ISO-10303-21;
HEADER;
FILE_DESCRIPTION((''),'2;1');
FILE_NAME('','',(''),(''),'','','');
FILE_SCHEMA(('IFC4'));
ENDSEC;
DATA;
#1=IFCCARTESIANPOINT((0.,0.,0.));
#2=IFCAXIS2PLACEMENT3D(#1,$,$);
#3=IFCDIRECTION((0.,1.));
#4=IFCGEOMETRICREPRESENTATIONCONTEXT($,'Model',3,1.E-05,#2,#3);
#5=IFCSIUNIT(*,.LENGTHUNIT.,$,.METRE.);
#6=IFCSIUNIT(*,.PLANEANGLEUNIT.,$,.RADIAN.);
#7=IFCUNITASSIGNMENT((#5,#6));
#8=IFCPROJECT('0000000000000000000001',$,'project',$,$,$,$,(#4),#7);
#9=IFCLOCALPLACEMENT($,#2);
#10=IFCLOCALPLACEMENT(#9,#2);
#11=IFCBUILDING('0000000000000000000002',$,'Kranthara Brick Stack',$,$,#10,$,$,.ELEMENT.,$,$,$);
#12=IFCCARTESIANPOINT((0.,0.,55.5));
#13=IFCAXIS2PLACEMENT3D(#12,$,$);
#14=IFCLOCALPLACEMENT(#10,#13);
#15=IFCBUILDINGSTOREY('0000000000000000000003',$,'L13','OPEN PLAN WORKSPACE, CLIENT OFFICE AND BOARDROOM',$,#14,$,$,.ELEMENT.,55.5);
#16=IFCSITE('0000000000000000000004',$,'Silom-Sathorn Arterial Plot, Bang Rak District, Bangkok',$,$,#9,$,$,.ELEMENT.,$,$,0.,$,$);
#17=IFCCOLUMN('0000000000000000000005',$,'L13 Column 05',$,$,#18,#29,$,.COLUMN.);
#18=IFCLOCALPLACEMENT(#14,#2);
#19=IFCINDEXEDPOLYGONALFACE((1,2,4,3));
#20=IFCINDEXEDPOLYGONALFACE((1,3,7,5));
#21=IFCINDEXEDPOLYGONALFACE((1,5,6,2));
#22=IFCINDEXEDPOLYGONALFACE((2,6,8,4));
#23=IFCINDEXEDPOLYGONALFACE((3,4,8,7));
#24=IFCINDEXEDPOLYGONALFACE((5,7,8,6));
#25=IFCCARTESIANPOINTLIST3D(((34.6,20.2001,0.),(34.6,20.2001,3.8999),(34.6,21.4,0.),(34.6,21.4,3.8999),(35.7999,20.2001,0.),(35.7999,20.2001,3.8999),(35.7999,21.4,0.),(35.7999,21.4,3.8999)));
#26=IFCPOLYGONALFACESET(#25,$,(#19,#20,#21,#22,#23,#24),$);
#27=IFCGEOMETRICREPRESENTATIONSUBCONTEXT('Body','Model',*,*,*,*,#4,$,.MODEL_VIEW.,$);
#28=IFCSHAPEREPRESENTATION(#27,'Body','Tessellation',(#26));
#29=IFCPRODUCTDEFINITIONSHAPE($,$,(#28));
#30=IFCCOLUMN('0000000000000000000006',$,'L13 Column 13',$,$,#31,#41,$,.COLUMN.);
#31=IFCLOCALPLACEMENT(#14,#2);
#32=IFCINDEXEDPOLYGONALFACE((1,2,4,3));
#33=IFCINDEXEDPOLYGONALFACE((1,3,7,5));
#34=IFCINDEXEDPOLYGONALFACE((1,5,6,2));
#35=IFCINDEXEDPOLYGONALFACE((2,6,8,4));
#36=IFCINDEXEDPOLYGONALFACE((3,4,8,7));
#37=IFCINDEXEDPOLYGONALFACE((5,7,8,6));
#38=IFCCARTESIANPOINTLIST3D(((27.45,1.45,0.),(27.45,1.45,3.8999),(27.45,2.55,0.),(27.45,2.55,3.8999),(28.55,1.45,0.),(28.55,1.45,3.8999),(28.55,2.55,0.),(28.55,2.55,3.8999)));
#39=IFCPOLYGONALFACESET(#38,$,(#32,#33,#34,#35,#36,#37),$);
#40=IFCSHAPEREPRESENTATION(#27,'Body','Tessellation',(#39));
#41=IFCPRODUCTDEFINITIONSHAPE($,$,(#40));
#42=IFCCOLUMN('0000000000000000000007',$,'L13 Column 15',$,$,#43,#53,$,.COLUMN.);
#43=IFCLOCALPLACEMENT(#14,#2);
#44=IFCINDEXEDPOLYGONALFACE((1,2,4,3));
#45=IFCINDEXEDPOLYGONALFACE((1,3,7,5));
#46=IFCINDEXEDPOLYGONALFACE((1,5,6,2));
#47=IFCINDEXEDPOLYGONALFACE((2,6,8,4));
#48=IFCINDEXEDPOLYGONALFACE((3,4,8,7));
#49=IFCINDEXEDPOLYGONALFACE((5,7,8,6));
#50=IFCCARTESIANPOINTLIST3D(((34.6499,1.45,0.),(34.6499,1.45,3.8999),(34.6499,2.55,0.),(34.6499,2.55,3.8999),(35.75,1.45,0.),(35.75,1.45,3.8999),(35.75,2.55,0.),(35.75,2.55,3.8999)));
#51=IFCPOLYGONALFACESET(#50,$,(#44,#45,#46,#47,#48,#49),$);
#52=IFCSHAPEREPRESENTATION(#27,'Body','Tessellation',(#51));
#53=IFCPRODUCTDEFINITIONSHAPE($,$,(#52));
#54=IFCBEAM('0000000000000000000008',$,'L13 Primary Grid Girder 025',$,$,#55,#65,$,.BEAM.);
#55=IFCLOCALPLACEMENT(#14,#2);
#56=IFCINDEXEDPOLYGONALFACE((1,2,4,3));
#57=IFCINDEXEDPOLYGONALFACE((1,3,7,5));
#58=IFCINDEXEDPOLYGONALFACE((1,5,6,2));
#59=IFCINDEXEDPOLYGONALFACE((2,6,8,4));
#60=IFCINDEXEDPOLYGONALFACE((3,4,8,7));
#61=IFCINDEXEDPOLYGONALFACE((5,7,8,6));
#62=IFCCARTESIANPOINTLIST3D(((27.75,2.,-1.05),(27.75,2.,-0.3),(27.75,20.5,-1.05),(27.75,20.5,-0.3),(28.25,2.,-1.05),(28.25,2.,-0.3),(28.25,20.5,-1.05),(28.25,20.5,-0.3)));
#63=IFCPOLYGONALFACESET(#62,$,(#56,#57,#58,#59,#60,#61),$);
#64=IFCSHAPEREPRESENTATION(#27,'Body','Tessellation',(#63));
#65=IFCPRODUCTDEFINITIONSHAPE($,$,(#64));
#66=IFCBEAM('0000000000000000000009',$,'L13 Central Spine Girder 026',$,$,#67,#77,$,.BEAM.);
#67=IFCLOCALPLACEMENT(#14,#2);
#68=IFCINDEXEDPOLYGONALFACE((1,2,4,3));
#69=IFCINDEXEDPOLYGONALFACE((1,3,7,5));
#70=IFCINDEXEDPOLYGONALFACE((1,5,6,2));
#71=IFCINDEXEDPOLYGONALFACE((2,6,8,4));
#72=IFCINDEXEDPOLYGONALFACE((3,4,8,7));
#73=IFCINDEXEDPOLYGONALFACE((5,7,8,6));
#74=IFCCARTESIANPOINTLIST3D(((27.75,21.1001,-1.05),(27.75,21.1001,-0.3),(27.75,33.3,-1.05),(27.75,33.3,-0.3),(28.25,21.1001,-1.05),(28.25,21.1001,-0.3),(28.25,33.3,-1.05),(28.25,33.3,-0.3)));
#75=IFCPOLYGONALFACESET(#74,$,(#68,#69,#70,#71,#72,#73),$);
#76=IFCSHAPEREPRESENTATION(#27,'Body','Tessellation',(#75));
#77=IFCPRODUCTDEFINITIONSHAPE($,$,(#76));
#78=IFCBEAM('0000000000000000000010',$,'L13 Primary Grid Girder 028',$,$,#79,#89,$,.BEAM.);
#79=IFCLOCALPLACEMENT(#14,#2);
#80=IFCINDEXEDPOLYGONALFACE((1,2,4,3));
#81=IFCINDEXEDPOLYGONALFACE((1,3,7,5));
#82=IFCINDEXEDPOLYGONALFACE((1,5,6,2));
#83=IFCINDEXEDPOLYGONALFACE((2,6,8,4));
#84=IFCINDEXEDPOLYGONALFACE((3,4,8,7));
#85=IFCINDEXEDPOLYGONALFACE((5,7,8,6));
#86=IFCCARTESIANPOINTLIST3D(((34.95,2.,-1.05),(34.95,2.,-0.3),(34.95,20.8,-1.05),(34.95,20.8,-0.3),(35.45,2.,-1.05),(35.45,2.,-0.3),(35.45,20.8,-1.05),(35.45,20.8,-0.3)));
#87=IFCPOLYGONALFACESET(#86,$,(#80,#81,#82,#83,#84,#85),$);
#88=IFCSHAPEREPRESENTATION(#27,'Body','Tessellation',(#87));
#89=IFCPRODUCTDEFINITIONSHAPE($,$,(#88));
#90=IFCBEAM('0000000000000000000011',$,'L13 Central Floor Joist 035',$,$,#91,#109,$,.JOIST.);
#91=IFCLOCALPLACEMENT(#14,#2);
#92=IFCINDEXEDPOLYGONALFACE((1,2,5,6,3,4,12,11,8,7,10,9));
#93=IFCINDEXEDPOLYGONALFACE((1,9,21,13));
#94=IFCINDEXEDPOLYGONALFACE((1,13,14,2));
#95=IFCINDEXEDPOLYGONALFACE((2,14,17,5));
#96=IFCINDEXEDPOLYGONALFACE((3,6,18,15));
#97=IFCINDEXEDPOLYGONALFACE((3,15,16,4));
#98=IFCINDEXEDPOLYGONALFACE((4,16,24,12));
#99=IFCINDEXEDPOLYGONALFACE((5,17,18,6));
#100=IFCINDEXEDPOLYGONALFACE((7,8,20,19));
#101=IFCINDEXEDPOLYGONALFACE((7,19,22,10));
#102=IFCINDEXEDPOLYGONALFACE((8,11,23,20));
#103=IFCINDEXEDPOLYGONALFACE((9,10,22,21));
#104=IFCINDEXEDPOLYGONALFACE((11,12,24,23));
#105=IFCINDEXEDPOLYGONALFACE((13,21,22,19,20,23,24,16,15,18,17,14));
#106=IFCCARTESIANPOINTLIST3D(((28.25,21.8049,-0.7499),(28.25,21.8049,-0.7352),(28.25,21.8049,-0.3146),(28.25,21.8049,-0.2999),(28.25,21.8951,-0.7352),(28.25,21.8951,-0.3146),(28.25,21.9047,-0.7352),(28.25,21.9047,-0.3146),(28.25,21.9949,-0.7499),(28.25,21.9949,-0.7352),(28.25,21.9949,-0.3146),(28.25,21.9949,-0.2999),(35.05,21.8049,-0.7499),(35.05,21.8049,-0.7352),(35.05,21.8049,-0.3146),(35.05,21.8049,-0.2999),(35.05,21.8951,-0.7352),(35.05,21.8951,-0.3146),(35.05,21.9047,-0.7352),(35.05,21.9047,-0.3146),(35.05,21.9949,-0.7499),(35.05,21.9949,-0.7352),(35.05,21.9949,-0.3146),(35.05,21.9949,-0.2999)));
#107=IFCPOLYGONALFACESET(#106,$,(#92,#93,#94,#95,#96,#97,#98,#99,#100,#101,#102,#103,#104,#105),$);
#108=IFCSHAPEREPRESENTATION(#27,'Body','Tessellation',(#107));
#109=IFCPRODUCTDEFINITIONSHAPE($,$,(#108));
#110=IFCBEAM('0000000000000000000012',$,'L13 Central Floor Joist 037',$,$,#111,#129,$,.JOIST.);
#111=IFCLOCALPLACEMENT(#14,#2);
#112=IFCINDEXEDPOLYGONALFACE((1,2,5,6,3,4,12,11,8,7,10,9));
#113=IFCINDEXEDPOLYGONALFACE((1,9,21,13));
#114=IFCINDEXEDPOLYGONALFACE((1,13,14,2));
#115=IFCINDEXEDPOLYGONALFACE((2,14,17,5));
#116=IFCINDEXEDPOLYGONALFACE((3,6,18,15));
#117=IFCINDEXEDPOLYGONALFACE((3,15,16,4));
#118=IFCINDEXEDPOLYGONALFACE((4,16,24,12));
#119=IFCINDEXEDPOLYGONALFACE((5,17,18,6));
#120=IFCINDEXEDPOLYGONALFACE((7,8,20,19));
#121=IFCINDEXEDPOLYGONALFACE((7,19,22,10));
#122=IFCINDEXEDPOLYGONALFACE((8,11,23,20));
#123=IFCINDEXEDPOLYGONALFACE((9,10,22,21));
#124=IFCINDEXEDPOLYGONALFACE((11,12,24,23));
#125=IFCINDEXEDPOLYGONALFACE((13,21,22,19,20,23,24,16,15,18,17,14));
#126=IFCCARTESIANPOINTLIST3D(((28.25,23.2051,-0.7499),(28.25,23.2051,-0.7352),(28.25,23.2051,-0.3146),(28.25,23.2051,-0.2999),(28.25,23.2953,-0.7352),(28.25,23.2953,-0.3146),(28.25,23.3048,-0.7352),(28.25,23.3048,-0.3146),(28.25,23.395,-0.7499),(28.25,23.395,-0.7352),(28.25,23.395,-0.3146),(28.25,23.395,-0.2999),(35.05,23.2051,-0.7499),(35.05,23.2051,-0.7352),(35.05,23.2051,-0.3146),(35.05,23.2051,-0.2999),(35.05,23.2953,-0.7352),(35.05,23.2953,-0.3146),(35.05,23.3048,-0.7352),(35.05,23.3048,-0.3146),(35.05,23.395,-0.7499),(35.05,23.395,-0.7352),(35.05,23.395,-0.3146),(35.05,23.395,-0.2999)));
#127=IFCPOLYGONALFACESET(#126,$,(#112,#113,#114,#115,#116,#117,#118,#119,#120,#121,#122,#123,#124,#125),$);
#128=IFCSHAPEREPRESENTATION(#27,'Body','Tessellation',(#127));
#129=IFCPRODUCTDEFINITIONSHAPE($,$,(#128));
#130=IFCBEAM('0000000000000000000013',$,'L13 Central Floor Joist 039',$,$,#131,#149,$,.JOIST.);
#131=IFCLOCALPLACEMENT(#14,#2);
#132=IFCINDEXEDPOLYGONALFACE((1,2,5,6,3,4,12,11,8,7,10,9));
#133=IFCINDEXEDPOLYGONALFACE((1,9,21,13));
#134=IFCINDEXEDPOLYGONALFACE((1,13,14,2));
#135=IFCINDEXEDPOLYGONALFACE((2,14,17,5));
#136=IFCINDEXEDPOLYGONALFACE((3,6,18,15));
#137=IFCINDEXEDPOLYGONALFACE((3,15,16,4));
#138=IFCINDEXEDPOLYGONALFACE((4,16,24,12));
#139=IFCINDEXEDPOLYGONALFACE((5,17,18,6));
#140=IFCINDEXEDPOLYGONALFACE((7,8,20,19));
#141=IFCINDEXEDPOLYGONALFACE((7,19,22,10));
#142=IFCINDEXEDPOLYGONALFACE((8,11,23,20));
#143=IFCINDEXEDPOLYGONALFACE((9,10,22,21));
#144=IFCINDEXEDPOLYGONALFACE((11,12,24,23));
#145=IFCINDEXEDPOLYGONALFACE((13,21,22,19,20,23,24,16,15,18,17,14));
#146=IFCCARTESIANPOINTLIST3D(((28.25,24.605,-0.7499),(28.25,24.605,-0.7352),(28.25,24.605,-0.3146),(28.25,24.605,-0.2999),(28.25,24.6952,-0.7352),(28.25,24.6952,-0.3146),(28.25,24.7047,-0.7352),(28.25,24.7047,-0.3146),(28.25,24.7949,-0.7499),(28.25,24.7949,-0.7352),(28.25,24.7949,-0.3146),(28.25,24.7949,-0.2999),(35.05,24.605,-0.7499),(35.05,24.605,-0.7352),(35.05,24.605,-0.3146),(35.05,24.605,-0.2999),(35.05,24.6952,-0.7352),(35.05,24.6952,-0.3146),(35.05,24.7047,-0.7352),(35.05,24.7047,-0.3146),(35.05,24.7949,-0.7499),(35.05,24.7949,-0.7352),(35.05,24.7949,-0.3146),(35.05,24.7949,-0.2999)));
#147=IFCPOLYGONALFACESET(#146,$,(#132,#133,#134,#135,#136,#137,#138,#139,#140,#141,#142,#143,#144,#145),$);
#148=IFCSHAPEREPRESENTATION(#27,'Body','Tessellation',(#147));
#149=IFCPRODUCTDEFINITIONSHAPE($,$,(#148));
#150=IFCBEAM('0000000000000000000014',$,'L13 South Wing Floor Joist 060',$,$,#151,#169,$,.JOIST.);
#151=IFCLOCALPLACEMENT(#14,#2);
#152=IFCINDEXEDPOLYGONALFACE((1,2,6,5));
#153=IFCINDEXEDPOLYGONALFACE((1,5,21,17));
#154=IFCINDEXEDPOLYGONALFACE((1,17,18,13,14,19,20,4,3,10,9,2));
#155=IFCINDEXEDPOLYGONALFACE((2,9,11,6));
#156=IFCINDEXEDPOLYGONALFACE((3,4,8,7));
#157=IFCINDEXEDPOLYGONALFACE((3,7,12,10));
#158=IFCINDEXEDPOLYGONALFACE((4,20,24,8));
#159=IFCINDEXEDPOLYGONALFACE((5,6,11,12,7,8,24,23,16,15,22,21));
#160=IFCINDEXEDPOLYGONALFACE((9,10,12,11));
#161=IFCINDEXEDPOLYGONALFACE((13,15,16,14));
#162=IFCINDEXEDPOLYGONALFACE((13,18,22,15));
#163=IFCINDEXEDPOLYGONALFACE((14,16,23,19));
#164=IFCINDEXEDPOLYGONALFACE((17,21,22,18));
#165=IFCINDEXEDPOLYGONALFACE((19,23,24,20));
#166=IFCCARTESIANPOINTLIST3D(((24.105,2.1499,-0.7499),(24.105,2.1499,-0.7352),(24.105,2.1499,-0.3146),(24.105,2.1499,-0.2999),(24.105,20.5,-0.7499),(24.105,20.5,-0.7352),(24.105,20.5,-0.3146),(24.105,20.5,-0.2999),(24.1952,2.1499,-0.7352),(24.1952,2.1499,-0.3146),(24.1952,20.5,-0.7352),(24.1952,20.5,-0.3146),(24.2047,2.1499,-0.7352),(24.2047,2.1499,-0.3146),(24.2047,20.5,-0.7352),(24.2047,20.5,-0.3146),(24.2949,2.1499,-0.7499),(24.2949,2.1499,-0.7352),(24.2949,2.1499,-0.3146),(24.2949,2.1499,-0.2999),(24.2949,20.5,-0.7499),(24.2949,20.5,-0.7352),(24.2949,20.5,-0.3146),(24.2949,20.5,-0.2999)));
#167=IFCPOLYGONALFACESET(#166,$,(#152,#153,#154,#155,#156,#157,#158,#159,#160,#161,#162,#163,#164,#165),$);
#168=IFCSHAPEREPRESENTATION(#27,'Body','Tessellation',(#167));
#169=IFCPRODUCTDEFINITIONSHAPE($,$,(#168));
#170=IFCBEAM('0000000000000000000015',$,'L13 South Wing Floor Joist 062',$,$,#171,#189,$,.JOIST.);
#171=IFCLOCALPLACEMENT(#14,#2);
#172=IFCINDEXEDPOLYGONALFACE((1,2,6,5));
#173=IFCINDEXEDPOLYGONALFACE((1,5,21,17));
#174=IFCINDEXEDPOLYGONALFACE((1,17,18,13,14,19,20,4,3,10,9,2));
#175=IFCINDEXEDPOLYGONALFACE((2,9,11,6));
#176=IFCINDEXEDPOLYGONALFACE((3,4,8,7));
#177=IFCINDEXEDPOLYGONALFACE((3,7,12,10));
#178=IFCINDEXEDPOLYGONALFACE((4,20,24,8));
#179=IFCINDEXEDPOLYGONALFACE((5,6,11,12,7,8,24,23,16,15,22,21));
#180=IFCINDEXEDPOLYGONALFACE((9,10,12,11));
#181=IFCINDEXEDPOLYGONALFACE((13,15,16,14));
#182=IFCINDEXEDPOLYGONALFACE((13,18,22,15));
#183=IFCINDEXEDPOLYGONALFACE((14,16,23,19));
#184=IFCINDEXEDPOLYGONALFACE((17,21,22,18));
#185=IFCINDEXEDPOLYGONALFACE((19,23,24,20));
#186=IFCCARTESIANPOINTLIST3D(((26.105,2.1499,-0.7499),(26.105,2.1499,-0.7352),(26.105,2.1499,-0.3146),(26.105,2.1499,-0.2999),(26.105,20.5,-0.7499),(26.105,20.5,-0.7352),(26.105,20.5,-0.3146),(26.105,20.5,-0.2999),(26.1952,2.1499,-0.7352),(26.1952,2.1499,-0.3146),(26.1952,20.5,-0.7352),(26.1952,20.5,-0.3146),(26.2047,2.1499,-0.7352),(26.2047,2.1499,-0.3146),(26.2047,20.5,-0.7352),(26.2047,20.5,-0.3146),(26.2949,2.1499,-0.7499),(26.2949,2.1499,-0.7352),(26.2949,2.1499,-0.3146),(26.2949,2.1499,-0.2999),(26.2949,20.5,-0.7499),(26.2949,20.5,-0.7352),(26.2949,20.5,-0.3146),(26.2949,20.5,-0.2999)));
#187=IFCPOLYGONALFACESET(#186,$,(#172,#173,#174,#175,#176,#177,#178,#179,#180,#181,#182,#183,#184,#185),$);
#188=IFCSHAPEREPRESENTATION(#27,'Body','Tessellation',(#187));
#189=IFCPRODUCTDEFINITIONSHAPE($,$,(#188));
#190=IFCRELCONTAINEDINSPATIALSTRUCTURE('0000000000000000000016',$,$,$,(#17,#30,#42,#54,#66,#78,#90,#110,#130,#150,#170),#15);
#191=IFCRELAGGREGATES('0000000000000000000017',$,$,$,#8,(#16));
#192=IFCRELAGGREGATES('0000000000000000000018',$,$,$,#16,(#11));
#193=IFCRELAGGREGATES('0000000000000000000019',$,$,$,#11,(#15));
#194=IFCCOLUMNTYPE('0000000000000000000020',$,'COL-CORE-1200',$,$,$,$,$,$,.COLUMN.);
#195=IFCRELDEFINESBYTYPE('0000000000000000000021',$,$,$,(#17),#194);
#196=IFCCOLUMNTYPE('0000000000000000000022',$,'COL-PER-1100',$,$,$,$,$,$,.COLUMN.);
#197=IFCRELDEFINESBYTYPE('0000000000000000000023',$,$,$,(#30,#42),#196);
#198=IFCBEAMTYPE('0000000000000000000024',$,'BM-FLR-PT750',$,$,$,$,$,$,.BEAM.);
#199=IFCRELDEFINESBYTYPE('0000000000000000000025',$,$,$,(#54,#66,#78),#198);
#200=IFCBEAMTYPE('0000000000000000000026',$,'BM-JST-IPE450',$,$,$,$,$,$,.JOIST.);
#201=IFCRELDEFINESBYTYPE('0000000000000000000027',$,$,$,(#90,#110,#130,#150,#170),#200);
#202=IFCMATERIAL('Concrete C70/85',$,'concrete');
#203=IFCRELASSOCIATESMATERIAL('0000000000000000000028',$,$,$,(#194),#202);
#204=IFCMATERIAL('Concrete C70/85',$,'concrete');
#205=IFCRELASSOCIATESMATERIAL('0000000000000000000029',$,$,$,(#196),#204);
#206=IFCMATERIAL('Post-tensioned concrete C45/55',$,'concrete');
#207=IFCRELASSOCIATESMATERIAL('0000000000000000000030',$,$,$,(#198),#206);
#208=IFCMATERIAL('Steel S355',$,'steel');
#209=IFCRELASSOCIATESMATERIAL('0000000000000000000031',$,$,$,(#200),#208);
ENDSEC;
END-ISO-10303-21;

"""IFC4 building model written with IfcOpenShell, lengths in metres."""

from ifc_helpers import new_model, si_unit, direction, frame, origin, origin_2d, place, context, subcontext, project, spatial, rectangle, i_section, extrude, material, material_profile, profile_set, type_object, element, save


model = new_model("IFC4")

# Units and contexts
model_context = context("Model", 3, precision=1e-05, world=origin(), true_north=direction((0.0, 1.0)))
body_context = subcontext(model_context, "Body", "Model", "MODEL_VIEW")
ifc_project = project(units=[si_unit("LENGTHUNIT", "METRE"), si_unit("PLANEANGLEUNIT", "RADIAN")], contexts=[model_context])

# Site, building, storey
site_placement = place(None, origin())
site = spatial("IfcSite", under=ifc_project, at=site_placement, Name="Silom-Sathorn Arterial Plot, Bang Rak District, Bangkok", CompositionType="ELEMENT", RefElevation=0.0)
building_placement = place(site_placement, origin())
building = spatial("IfcBuilding", under=site, at=building_placement, Name="Kranthara Brick Stack", CompositionType="ELEMENT")
storey_placement = place(building_placement, frame((0.0, 0.0, 55.5)))
storey = spatial("IfcBuildingStorey", under=building, at=storey_placement, Name="L13", Description="OPEN PLAN WORKSPACE, CLIENT OFFICE AND BOARDROOM", CompositionType="ELEMENT", Elevation=55.5)

# Columns
ifc_material_1 = material(Name="Concrete C70/85", Category="concrete")
ifc_material_profile_1 = material_profile(ifc_material_1, rectangle(XDim=1.2, YDim=1.2, at=origin_2d()), Name="RC 1200x1200")
ifc_profile_set_1 = profile_set([ifc_material_profile_1], Name="Concrete C70/85")
column_type_1 = type_object("IfcColumnType", Name="COL-CORE-1200", PredefinedType="COLUMN", material=ifc_profile_set_1)
column_placement = place(storey_placement, frame((35.2, 20.8, 0.0), z_axis=(0.0, 0.0, 1.0), x_axis=(1.0, 0.0, 0.0)))
element("IfcColumn", 1, at=column_placement, inside=storey, type_object=column_type_1, Name="L13 Column 05", PredefinedType="COLUMN", context=body_context, shape_type="SweptSolid", body=[
    extrude(rectangle(XDim=1.2, YDim=1.2, at=origin_2d()), origin(), (0.0, 0.0, 1.0), 3.8999),
])
ifc_material_2 = material(Name="Concrete C70/85", Category="concrete")
ifc_material_profile_2 = material_profile(ifc_material_2, rectangle(XDim=1.1001, YDim=1.1001, at=origin_2d()), Name="RC 1100x1100")
ifc_profile_set_2 = profile_set([ifc_material_profile_2], Name="Concrete C70/85")
column_type_2 = type_object("IfcColumnType", Name="COL-PER-1100", PredefinedType="COLUMN", material=ifc_profile_set_2)
for number, where, z_axis, x_axis, name in (
    (2, (28.0, 2.0, 0.0), (0.0, 0.0, 1.0), (1.0, 0.0, 0.0), "L13 Column 13"),
    (3, (35.2, 2.0, 0.0), (0.0, 0.0, 1.0), (1.0, 0.0, 0.0), "L13 Column 15"),
):
    element("IfcColumn", number, at=place(storey_placement, frame(where, z_axis=z_axis, x_axis=x_axis)), inside=storey, type_object=column_type_2, Name=name, PredefinedType="COLUMN", context=body_context, shape_type="SweptSolid", body=[
        extrude(rectangle(XDim=1.1001, YDim=1.1001, at=origin_2d()), origin(), (0.0, 0.0, 1.0), 3.8999),
    ])

# Beams
ifc_material_3 = material(Name="Post-tensioned concrete C45/55", Category="concrete")
ifc_material_profile_3 = material_profile(ifc_material_3, rectangle(XDim=0.5, YDim=0.75, at=origin_2d()), Name="PT 500x750")
ifc_profile_set_3 = profile_set([ifc_material_profile_3], Name="Post-tensioned concrete C45/55")
beam_type_1 = type_object("IfcBeamType", Name="BM-FLR-PT750", PredefinedType="BEAM", material=ifc_profile_set_3)
beam_1_placement = place(storey_placement, frame((28.0, 2.0, -0.675), z_axis=(0.0, 1.0, 0.0), x_axis=(-1.0, 0.0, 0.0)))
element("IfcBeam", 4, at=beam_1_placement, inside=storey, type_object=beam_type_1, Name="L13 Primary Grid Girder 025", PredefinedType="BEAM", context=body_context, shape_type="SweptSolid", body=[
    extrude(rectangle(XDim=0.5, YDim=0.75, at=origin_2d()), origin(), (0.0, 0.0, 1.0), 18.5),
])
beam_2_placement = place(storey_placement, frame((28.0, 21.1001, -0.675), z_axis=(0.0, 1.0, 0.0), x_axis=(-1.0, 0.0, 0.0)))
element("IfcBeam", 5, at=beam_2_placement, inside=storey, type_object=beam_type_1, Name="L13 Central Spine Girder 026", PredefinedType="BEAM", context=body_context, shape_type="SweptSolid", body=[
    extrude(rectangle(XDim=0.5, YDim=0.75, at=origin_2d()), origin(), (0.0, 0.0, 1.0), 12.2),
])
beam_3_placement = place(storey_placement, frame((35.2, 2.0, -0.675), z_axis=(0.0, 1.0, 0.0), x_axis=(-1.0, 0.0, 0.0)))
element("IfcBeam", 6, at=beam_3_placement, inside=storey, type_object=beam_type_1, Name="L13 Primary Grid Girder 028", PredefinedType="BEAM", context=body_context, shape_type="SweptSolid", body=[
    extrude(rectangle(XDim=0.5, YDim=0.75, at=origin_2d()), origin(), (0.0, 0.0, 1.0), 18.8),
])
ifc_material_4 = material(Name="Steel S355", Category="steel")
ifc_material_profile_4 = material_profile(ifc_material_4, i_section(OverallWidth=0.1899, OverallDepth=0.45, WebThickness=0.0095, FlangeThickness=0.0146, at=origin_2d()), Name="IPE 450")
ifc_profile_set_4 = profile_set([ifc_material_profile_4], Name="Steel S355")
beam_type_2 = type_object("IfcBeamType", Name="BM-JST-IPE450", PredefinedType="JOIST", material=ifc_profile_set_4)
for number, where, z_axis, x_axis, name in (
    (7, (28.25, 21.8999, -0.5249), (1.0, 0.0, 0.0), (0.0, 1.0, 0.0), "L13 Central Floor Joist 035"),
    (8, (28.25, 23.3, -0.5249), (1.0, 0.0, 0.0), (0.0, 1.0, 0.0), "L13 Central Floor Joist 037"),
    (9, (28.25, 24.7, -0.5249), (1.0, 0.0, 0.0), (0.0, 1.0, 0.0), "L13 Central Floor Joist 039"),
):
    element("IfcBeam", number, at=place(storey_placement, frame(where, z_axis=z_axis, x_axis=x_axis)), inside=storey, type_object=beam_type_2, Name=name, PredefinedType="JOIST", context=body_context, shape_type="SweptSolid", body=[
        extrude(i_section(OverallWidth=0.1899, OverallDepth=0.45, WebThickness=0.0095, FlangeThickness=0.0146, at=origin_2d()), origin(), (0.0, 0.0, 1.0), 6.8),
    ])
for number, where, z_axis, x_axis, name in (
    (10, (24.2, 2.1499, -0.5249), (0.0, 1.0, 0.0), (-1.0, 0.0, 0.0), "L13 South Wing Floor Joist 060"),
    (11, (26.2, 2.1499, -0.5249), (0.0, 1.0, 0.0), (-1.0, 0.0, 0.0), "L13 South Wing Floor Joist 062"),
):
    element("IfcBeam", number, at=place(storey_placement, frame(where, z_axis=z_axis, x_axis=x_axis)), inside=storey, type_object=beam_type_2, Name=name, PredefinedType="JOIST", context=body_context, shape_type="SweptSolid", body=[
        extrude(i_section(OverallWidth=0.1899, OverallDepth=0.45, WebThickness=0.0095, FlangeThickness=0.0146, at=origin_2d()), origin(), (0.0, 0.0, 1.0), 18.3501),
    ])

save(model, "model.ifc")
